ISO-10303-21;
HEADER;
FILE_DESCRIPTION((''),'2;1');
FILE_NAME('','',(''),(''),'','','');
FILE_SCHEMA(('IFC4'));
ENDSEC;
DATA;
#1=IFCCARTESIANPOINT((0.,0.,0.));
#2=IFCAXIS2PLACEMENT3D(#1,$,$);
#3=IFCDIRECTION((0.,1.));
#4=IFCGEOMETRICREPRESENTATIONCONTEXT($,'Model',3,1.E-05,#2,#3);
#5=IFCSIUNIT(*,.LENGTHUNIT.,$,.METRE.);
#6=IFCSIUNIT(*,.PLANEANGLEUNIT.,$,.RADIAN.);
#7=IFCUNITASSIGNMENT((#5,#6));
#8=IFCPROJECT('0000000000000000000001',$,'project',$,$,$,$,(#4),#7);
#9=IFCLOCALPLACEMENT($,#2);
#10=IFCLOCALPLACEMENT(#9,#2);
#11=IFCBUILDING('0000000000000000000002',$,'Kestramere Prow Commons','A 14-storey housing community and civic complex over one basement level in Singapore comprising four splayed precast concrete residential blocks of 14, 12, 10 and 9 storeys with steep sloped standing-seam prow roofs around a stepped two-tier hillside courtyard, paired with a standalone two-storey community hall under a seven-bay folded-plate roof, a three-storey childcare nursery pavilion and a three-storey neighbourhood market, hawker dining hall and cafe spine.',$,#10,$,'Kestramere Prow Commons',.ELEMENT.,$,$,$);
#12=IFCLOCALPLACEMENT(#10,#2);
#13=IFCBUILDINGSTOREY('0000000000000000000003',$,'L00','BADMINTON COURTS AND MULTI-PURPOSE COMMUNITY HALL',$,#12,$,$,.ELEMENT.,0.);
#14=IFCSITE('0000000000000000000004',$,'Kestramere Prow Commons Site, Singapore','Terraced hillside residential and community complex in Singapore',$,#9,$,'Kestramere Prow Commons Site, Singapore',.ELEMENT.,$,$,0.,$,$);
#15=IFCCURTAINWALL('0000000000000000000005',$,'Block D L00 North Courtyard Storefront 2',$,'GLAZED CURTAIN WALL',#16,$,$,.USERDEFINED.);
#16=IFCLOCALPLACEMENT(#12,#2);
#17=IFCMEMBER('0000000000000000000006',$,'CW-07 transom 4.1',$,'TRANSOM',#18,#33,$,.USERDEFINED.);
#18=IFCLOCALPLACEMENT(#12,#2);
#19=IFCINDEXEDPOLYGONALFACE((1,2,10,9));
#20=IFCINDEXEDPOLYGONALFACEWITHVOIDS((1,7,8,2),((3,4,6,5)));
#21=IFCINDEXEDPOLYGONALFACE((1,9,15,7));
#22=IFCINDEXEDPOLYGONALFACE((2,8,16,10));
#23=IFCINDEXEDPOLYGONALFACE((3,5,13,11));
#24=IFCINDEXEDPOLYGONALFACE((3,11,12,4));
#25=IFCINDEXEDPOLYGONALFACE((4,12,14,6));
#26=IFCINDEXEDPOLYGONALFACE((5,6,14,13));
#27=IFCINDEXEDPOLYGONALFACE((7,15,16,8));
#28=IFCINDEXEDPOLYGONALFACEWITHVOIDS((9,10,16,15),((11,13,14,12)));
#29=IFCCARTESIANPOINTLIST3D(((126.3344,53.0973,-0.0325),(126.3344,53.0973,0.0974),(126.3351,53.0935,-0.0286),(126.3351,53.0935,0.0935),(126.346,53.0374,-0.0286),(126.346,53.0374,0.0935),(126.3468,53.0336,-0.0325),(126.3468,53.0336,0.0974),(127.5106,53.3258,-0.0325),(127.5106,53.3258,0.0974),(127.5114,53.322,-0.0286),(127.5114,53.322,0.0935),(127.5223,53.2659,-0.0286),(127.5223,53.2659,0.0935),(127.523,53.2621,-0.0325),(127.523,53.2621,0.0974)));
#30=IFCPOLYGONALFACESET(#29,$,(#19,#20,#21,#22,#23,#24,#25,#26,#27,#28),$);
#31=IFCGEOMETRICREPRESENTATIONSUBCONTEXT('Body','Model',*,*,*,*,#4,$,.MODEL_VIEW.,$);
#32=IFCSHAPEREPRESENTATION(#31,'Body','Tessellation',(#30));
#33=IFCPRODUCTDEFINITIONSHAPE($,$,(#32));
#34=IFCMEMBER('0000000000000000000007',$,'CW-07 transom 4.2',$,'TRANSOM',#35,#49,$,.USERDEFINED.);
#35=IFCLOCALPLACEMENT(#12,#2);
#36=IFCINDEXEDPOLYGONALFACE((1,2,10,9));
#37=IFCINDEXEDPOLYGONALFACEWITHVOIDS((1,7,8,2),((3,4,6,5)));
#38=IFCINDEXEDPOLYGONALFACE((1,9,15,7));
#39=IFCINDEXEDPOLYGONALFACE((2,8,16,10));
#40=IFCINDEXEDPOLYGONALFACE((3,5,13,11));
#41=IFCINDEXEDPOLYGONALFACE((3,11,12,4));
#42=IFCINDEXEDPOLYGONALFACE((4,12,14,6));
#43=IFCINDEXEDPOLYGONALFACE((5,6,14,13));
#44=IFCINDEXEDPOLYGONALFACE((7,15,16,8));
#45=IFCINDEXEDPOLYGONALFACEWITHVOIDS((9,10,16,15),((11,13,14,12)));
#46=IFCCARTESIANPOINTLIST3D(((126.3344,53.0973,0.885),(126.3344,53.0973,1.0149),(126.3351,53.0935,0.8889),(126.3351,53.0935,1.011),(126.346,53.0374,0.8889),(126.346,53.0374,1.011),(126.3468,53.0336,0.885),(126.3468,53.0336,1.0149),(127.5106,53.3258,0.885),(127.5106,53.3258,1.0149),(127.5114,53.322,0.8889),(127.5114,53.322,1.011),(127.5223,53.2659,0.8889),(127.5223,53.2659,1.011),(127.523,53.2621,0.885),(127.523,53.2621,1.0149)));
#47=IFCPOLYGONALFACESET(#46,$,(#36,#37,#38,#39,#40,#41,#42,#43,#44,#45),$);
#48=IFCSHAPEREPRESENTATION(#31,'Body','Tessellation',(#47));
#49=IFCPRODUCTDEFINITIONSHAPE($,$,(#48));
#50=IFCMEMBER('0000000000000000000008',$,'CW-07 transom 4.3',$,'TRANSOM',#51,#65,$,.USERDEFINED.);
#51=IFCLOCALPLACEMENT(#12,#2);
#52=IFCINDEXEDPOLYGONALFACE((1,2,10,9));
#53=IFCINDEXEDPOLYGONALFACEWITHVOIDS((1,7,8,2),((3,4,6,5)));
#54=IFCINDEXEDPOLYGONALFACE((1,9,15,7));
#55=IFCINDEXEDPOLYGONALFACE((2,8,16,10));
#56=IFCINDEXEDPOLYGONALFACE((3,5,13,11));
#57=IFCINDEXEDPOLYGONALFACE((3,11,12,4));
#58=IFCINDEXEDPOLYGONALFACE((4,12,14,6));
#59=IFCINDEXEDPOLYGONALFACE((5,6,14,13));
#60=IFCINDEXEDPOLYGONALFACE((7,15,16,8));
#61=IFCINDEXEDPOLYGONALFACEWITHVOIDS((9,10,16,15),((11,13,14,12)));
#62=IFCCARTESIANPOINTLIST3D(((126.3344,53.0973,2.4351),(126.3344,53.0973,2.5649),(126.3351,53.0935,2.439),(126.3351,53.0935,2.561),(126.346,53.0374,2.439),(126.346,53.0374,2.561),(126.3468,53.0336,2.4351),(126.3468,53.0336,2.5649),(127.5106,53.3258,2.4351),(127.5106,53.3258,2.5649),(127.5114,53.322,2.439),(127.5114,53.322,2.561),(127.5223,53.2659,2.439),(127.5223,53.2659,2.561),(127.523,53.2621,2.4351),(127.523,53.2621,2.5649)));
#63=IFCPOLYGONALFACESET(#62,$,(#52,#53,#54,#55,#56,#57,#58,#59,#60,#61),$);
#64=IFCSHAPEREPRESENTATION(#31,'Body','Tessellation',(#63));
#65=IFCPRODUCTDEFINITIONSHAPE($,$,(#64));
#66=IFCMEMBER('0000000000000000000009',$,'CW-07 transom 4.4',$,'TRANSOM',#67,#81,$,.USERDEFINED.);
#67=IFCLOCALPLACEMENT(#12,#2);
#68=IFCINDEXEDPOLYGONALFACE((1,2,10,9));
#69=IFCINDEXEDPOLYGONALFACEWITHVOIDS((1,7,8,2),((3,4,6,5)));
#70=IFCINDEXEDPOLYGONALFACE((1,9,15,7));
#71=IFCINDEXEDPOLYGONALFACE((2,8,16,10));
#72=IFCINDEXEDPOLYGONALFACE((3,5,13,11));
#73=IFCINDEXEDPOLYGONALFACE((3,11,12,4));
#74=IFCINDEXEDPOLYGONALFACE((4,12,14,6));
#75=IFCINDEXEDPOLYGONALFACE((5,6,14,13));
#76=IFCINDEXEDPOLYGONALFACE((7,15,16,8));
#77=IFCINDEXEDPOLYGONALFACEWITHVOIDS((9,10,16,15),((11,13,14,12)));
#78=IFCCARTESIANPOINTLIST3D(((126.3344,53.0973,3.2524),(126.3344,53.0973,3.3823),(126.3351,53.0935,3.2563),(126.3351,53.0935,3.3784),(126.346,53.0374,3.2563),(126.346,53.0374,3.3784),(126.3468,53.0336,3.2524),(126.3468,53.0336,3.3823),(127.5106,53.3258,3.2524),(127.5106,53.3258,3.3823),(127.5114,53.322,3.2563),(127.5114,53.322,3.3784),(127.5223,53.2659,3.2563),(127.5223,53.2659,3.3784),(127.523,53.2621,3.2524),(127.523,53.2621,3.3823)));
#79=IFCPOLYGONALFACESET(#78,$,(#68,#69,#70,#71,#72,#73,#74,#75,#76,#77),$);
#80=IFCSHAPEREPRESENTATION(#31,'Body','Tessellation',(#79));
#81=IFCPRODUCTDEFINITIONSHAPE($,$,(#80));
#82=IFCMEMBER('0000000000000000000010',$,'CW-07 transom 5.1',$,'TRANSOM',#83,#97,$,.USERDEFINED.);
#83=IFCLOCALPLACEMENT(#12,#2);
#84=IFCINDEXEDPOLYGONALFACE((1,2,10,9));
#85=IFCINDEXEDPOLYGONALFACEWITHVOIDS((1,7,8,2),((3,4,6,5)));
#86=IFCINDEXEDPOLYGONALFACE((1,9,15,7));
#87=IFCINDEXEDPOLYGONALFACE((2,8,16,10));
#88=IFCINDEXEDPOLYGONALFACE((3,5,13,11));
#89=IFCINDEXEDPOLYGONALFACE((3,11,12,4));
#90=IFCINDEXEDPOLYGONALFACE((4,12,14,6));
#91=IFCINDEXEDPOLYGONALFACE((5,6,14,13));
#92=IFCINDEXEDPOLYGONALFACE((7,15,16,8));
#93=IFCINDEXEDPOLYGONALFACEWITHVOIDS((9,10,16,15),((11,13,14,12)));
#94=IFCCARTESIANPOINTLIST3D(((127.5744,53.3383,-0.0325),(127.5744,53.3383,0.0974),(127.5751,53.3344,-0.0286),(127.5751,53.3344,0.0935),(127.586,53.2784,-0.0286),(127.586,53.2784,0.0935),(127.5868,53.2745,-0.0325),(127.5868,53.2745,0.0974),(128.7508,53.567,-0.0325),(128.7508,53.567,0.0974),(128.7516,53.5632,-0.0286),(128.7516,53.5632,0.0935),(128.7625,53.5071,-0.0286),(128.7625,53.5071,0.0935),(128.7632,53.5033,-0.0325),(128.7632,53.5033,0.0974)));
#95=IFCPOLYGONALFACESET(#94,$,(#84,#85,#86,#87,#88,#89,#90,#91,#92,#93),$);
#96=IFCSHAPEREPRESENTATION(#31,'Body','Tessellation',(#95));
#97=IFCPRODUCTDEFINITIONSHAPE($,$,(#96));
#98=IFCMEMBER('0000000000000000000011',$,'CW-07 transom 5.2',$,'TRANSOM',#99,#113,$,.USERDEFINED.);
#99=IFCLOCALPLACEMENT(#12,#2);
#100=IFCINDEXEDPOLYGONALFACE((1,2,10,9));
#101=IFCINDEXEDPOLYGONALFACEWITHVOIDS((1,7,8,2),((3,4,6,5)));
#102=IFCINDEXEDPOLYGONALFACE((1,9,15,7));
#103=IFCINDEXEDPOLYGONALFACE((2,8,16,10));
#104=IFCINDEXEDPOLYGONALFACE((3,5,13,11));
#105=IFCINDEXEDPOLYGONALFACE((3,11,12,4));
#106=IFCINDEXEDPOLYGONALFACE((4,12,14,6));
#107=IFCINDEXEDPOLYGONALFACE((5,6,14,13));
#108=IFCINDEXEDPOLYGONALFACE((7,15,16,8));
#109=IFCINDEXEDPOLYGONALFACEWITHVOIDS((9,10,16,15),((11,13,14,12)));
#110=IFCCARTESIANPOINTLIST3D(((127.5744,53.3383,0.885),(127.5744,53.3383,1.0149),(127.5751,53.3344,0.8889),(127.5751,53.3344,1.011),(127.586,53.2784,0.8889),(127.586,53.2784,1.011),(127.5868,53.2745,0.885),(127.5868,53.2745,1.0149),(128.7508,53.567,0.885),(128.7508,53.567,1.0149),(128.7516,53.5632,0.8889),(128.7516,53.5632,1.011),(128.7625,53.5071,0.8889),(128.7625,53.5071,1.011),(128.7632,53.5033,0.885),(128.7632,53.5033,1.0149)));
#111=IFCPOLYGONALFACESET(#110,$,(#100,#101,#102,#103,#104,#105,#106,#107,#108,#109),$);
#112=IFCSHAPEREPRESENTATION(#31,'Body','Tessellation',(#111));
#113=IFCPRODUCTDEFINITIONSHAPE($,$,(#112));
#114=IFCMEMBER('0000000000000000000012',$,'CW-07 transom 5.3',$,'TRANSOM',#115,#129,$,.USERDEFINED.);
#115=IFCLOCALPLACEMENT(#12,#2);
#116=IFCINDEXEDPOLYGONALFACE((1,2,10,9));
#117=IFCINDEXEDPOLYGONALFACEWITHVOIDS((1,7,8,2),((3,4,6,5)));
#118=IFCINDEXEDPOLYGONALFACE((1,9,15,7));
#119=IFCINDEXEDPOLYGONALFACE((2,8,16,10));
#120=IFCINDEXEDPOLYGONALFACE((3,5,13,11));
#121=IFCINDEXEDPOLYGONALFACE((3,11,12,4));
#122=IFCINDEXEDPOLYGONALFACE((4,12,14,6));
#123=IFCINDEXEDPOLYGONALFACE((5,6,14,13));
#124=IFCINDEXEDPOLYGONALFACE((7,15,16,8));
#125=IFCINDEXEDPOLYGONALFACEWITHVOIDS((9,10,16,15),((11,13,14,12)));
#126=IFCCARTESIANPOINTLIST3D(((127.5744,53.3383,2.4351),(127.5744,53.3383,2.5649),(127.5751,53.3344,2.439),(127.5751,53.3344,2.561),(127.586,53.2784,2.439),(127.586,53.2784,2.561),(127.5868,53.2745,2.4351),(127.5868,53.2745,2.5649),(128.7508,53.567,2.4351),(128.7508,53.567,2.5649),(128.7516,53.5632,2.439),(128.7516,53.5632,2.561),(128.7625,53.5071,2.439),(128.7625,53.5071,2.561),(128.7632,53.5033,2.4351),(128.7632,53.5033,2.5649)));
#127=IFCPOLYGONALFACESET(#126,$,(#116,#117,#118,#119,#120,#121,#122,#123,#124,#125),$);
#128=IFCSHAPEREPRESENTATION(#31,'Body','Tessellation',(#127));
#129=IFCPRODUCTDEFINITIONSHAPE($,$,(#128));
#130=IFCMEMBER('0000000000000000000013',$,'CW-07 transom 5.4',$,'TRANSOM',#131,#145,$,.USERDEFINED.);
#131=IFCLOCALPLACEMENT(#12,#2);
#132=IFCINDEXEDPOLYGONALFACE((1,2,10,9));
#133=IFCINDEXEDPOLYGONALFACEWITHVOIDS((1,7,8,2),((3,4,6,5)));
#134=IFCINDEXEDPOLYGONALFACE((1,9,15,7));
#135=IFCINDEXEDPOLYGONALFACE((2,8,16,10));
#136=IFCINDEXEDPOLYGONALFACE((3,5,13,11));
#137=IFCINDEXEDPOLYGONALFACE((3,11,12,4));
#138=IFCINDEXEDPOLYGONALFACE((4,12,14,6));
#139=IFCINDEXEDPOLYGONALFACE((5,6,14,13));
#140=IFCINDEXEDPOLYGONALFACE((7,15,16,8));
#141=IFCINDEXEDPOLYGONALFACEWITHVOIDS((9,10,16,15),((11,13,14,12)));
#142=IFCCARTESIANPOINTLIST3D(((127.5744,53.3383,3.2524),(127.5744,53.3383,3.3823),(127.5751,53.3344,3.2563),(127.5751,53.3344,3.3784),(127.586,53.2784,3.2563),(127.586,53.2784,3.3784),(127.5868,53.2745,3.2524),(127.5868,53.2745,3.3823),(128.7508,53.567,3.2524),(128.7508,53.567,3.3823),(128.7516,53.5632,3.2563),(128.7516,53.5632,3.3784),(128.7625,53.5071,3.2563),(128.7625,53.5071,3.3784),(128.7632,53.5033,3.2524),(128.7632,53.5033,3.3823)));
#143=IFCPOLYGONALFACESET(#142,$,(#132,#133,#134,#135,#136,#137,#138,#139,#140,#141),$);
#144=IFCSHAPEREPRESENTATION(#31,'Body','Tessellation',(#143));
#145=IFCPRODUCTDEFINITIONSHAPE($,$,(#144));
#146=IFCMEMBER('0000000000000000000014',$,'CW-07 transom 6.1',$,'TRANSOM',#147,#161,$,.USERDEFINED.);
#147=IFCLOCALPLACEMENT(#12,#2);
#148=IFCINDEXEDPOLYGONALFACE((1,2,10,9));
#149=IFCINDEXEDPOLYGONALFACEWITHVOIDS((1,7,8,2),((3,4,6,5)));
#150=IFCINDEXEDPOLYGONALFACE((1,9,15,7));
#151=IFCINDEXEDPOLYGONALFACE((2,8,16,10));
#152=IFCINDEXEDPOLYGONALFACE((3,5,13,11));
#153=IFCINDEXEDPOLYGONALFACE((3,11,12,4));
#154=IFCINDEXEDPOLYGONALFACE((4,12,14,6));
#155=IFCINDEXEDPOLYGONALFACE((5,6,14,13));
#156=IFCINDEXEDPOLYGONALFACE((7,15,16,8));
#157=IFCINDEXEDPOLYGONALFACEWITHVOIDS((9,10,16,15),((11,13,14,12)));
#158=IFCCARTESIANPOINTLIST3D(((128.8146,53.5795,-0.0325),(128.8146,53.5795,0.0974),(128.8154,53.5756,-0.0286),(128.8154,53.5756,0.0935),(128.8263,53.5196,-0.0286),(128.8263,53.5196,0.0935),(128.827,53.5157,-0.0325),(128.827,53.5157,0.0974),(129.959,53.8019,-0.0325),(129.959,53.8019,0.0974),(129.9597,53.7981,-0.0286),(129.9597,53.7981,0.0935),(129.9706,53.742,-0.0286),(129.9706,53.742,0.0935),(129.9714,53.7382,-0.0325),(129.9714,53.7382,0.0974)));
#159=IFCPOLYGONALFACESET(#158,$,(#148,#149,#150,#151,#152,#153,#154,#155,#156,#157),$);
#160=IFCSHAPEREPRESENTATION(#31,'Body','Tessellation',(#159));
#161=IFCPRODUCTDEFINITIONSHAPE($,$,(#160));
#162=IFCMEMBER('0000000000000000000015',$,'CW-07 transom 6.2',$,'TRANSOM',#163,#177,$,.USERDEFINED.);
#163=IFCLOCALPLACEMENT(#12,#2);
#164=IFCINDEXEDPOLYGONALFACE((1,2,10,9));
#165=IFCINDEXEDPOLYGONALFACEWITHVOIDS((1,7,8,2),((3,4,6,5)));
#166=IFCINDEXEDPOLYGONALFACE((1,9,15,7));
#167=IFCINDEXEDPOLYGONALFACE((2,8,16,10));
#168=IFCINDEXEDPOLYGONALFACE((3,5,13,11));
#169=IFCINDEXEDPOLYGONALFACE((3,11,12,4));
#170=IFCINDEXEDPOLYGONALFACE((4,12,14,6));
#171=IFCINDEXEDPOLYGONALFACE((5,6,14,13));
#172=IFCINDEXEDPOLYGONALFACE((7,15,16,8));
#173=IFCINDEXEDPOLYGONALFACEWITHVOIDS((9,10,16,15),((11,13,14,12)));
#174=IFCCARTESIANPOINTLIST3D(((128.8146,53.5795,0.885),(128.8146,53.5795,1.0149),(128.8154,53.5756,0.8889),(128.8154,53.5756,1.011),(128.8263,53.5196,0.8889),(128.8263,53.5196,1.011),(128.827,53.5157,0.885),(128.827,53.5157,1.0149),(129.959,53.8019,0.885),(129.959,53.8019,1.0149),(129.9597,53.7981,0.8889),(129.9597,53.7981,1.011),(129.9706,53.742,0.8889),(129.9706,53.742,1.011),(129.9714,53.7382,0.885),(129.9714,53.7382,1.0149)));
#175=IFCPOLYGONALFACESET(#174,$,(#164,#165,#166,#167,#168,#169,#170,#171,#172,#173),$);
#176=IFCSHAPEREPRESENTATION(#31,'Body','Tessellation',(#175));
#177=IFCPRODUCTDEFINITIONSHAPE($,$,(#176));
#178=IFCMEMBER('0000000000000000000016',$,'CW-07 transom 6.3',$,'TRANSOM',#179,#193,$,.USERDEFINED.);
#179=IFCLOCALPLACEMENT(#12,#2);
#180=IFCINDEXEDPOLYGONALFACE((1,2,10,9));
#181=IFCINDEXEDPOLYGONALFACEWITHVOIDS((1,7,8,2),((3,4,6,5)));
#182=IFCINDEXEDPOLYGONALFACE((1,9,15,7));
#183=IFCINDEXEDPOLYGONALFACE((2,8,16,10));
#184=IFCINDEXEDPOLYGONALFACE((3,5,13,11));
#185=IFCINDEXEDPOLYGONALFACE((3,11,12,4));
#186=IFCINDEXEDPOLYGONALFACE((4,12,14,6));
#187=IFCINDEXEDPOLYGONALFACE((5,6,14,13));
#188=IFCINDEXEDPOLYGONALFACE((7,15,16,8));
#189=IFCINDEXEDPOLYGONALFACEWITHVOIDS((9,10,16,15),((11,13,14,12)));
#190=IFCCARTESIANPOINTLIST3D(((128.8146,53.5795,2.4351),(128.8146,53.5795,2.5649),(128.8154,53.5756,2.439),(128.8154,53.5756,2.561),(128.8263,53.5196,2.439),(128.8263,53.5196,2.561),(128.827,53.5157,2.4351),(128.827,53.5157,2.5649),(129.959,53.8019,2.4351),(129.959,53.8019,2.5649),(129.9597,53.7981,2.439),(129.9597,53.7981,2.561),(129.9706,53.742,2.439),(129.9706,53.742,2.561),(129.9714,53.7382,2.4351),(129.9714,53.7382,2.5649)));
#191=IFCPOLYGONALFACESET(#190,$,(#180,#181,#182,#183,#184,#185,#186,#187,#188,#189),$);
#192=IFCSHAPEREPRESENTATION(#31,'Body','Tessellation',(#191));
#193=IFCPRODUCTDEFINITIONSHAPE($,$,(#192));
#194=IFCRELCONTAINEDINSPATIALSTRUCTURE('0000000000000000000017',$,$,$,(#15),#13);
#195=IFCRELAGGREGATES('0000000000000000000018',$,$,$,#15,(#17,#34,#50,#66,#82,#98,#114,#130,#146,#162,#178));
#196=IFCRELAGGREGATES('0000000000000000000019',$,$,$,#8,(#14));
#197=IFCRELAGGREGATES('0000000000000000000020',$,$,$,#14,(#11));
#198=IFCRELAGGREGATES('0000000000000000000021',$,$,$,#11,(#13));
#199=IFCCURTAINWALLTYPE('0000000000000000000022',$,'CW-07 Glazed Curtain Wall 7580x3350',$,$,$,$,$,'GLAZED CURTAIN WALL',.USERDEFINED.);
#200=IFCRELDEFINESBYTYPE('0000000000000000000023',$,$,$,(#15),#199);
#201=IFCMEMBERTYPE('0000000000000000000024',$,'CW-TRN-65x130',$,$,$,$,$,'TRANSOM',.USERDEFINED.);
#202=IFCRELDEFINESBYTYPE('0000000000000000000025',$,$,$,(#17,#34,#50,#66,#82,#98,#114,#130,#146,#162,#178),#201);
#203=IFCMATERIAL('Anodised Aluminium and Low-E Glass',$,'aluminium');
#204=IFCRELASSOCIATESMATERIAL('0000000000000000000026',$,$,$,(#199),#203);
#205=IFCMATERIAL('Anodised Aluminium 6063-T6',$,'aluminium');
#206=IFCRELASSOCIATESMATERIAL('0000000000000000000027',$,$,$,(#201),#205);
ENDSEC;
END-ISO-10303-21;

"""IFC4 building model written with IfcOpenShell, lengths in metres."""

from ifc_helpers import new_model, si_unit, direction, frame, origin, origin_2d, place, context, subcontext, project, spatial, hollow_rectangle, extrude, material, material_profile, profile_set, type_object, element, aggregate, save


model = new_model("IFC4")

# Units and contexts
model_context = context("Model", 3, precision=1e-05, world=origin(), true_north=direction((0.0, 1.0)))
body_context = subcontext(model_context, "Body", "Model", "MODEL_VIEW")
ifc_project = project(units=[si_unit("LENGTHUNIT", "METRE"), si_unit("PLANEANGLEUNIT", "RADIAN")], contexts=[model_context])

# Site, building, storey
site_placement = place(None, origin())
site = spatial("IfcSite", under=ifc_project, at=site_placement, Name="Kestramere Prow Commons Site, Singapore", Description="Terraced hillside residential and community complex in Singapore", LongName="Kestramere Prow Commons Site, Singapore", CompositionType="ELEMENT", RefElevation=0.0)
building_placement = place(site_placement, origin())
building = spatial("IfcBuilding", under=site, at=building_placement, Name="Kestramere Prow Commons", Description="A 14-storey housing community and civic complex over one basement level in Singapore comprising four splayed precast concrete residential blocks of 14, 12, 10 and 9 storeys with steep sloped standing-seam prow roofs around a stepped two-tier hillside courtyard, paired with a standalone two-storey community hall under a seven-bay folded-plate roof, a three-storey childcare nursery pavilion and a three-storey neighbourhood market, hawker dining hall and cafe spine.", LongName="Kestramere Prow Commons", CompositionType="ELEMENT")
storey_placement = place(building_placement, origin())
storey = spatial("IfcBuildingStorey", under=building, at=storey_placement, Name="L00", Description="BADMINTON COURTS AND MULTI-PURPOSE COMMUNITY HALL", CompositionType="ELEMENT", Elevation=0.0)

# Curtain wall, members
ifc_material_1 = material(Name="Anodised Aluminium and Low-E Glass", Category="aluminium")
curtain_wall_type = type_object("IfcCurtainWallType", Name="CW-07 Glazed Curtain Wall 7580x3350", ElementType="GLAZED CURTAIN WALL", PredefinedType="USERDEFINED", material=ifc_material_1)
curtain_wall_placement = place(storey_placement, origin())
curtain_wall = element("IfcCurtainWall", 1, at=curtain_wall_placement, inside=storey, type_object=curtain_wall_type, Name="Block D L00 North Courtyard Storefront 2", ObjectType="GLAZED CURTAIN WALL", PredefinedType="USERDEFINED")
ifc_material_2 = material(Name="Anodised Aluminium 6063-T6", Category="aluminium")
ifc_material_profile_1 = material_profile(ifc_material_2, hollow_rectangle(XDim=0.0649, YDim=0.1299, WallThickness=0.0039, at=origin_2d()), Name="ALU-TRN 65x130")
ifc_profile_set_1 = profile_set([ifc_material_profile_1], Name="Anodised Aluminium 6063-T6")
member_type_1 = type_object("IfcMemberType", Name="CW-TRN-65x130", ElementType="TRANSOM", PredefinedType="USERDEFINED", material=ifc_profile_set_1)
member_1_placement = place(storey_placement, frame((126.3406, 53.0654, 0.0325), z_axis=(0.981647, 0.190706, 0.0), x_axis=(-0.190706, 0.981647, 0.0)))
member_1 = element("IfcMember", 2, at=member_1_placement, type_object=member_type_1, Name="CW-07 transom 4.1", ObjectType="TRANSOM", PredefinedType="USERDEFINED", context=body_context, shape_type="SweptSolid", body=[
    extrude(hollow_rectangle(XDim=0.0649, YDim=0.1299, WallThickness=0.0039, at=origin_2d()), origin(), (0.0, 0.0, 1.0), 1.1982),
])
member_2_placement = place(storey_placement, frame((126.3406, 53.0654, 0.95), z_axis=(0.981647, 0.190706, 0.0), x_axis=(-0.190706, 0.981647, 0.0)))
member_2 = element("IfcMember", 3, at=member_2_placement, type_object=member_type_1, Name="CW-07 transom 4.2", ObjectType="TRANSOM", PredefinedType="USERDEFINED", context=body_context, shape_type="SweptSolid", body=[
    extrude(hollow_rectangle(XDim=0.0649, YDim=0.1299, WallThickness=0.0039, at=origin_2d()), origin(), (0.0, 0.0, 1.0), 1.1982),
])
member_3_placement = place(storey_placement, frame((126.3406, 53.0654, 2.5), z_axis=(0.981647, 0.190706, 0.0), x_axis=(-0.190706, 0.981647, 0.0)))
member_3 = element("IfcMember", 4, at=member_3_placement, type_object=member_type_1, Name="CW-07 transom 4.3", ObjectType="TRANSOM", PredefinedType="USERDEFINED", context=body_context, shape_type="SweptSolid", body=[
    extrude(hollow_rectangle(XDim=0.0649, YDim=0.1299, WallThickness=0.0039, at=origin_2d()), origin(), (0.0, 0.0, 1.0), 1.1982),
])
member_4_placement = place(storey_placement, frame((126.3406, 53.0654, 3.3174), z_axis=(0.981647, 0.190706, 0.0), x_axis=(-0.190706, 0.981647, 0.0)))
member_4 = element("IfcMember", 5, at=member_4_placement, type_object=member_type_1, Name="CW-07 transom 4.4", ObjectType="TRANSOM", PredefinedType="USERDEFINED", context=body_context, shape_type="SweptSolid", body=[
    extrude(hollow_rectangle(XDim=0.0649, YDim=0.1299, WallThickness=0.0039, at=origin_2d()), origin(), (0.0, 0.0, 1.0), 1.1982),
])
member_5_placement = place(storey_placement, frame((127.5806, 53.3064, 0.0325), z_axis=(0.981616, 0.190864, 0.0), x_axis=(-0.190864, 0.981616, 0.0)))
member_5 = element("IfcMember", 6, at=member_5_placement, type_object=member_type_1, Name="CW-07 transom 5.1", ObjectType="TRANSOM", PredefinedType="USERDEFINED", context=body_context, shape_type="SweptSolid", body=[
    extrude(hollow_rectangle(XDim=0.0649, YDim=0.1299, WallThickness=0.0039, at=origin_2d()), origin(), (0.0, 0.0, 1.0), 1.1985),
])
member_6_placement = place(storey_placement, frame((127.5806, 53.3064, 0.95), z_axis=(0.981616, 0.190864, 0.0), x_axis=(-0.190864, 0.981616, 0.0)))
member_6 = element("IfcMember", 7, at=member_6_placement, type_object=member_type_1, Name="CW-07 transom 5.2", ObjectType="TRANSOM", PredefinedType="USERDEFINED", context=body_context, shape_type="SweptSolid", body=[
    extrude(hollow_rectangle(XDim=0.0649, YDim=0.1299, WallThickness=0.0039, at=origin_2d()), origin(), (0.0, 0.0, 1.0), 1.1985),
])
member_7_placement = place(storey_placement, frame((127.5806, 53.3064, 2.5), z_axis=(0.981616, 0.190864, 0.0), x_axis=(-0.190864, 0.981616, 0.0)))
member_7 = element("IfcMember", 8, at=member_7_placement, type_object=member_type_1, Name="CW-07 transom 5.3", ObjectType="TRANSOM", PredefinedType="USERDEFINED", context=body_context, shape_type="SweptSolid", body=[
    extrude(hollow_rectangle(XDim=0.0649, YDim=0.1299, WallThickness=0.0039, at=origin_2d()), origin(), (0.0, 0.0, 1.0), 1.1985),
])
member_8_placement = place(storey_placement, frame((127.5806, 53.3064, 3.3174), z_axis=(0.981616, 0.190864, 0.0), x_axis=(-0.190864, 0.981616, 0.0)))
member_8 = element("IfcMember", 9, at=member_8_placement, type_object=member_type_1, Name="CW-07 transom 5.4", ObjectType="TRANSOM", PredefinedType="USERDEFINED", context=body_context, shape_type="SweptSolid", body=[
    extrude(hollow_rectangle(XDim=0.0649, YDim=0.1299, WallThickness=0.0039, at=origin_2d()), origin(), (0.0, 0.0, 1.0), 1.1985),
])
member_9_placement = place(storey_placement, frame((128.8208, 53.5476, 0.0325), z_axis=(0.98163, 0.190797, 0.0), x_axis=(-0.190797, 0.98163, 0.0)))
member_9 = element("IfcMember", 10, at=member_9_placement, type_object=member_type_1, Name="CW-07 transom 6.1", ObjectType="TRANSOM", PredefinedType="USERDEFINED", context=body_context, shape_type="SweptSolid", body=[
    extrude(hollow_rectangle(XDim=0.0649, YDim=0.1299, WallThickness=0.0039, at=origin_2d()), origin(), (0.0, 0.0, 1.0), 1.1658),
])
member_10_placement = place(storey_placement, frame((128.8208, 53.5476, 0.95), z_axis=(0.98163, 0.190797, 0.0), x_axis=(-0.190797, 0.98163, 0.0)))
member_10 = element("IfcMember", 11, at=member_10_placement, type_object=member_type_1, Name="CW-07 transom 6.2", ObjectType="TRANSOM", PredefinedType="USERDEFINED", context=body_context, shape_type="SweptSolid", body=[
    extrude(hollow_rectangle(XDim=0.0649, YDim=0.1299, WallThickness=0.0039, at=origin_2d()), origin(), (0.0, 0.0, 1.0), 1.1658),
])
member_11_placement = place(storey_placement, frame((128.8208, 53.5476, 2.5), z_axis=(0.98163, 0.190797, 0.0), x_axis=(-0.190797, 0.98163, 0.0)))
member_11 = element("IfcMember", 12, at=member_11_placement, type_object=member_type_1, Name="CW-07 transom 6.3", ObjectType="TRANSOM", PredefinedType="USERDEFINED", context=body_context, shape_type="SweptSolid", body=[
    extrude(hollow_rectangle(XDim=0.0649, YDim=0.1299, WallThickness=0.0039, at=origin_2d()), origin(), (0.0, 0.0, 1.0), 1.1658),
])
aggregate(curtain_wall, [member_1, member_2, member_3, member_4, member_5, member_6, member_7, member_8, member_9, member_10, member_11])

save(model, "model.ifc")
